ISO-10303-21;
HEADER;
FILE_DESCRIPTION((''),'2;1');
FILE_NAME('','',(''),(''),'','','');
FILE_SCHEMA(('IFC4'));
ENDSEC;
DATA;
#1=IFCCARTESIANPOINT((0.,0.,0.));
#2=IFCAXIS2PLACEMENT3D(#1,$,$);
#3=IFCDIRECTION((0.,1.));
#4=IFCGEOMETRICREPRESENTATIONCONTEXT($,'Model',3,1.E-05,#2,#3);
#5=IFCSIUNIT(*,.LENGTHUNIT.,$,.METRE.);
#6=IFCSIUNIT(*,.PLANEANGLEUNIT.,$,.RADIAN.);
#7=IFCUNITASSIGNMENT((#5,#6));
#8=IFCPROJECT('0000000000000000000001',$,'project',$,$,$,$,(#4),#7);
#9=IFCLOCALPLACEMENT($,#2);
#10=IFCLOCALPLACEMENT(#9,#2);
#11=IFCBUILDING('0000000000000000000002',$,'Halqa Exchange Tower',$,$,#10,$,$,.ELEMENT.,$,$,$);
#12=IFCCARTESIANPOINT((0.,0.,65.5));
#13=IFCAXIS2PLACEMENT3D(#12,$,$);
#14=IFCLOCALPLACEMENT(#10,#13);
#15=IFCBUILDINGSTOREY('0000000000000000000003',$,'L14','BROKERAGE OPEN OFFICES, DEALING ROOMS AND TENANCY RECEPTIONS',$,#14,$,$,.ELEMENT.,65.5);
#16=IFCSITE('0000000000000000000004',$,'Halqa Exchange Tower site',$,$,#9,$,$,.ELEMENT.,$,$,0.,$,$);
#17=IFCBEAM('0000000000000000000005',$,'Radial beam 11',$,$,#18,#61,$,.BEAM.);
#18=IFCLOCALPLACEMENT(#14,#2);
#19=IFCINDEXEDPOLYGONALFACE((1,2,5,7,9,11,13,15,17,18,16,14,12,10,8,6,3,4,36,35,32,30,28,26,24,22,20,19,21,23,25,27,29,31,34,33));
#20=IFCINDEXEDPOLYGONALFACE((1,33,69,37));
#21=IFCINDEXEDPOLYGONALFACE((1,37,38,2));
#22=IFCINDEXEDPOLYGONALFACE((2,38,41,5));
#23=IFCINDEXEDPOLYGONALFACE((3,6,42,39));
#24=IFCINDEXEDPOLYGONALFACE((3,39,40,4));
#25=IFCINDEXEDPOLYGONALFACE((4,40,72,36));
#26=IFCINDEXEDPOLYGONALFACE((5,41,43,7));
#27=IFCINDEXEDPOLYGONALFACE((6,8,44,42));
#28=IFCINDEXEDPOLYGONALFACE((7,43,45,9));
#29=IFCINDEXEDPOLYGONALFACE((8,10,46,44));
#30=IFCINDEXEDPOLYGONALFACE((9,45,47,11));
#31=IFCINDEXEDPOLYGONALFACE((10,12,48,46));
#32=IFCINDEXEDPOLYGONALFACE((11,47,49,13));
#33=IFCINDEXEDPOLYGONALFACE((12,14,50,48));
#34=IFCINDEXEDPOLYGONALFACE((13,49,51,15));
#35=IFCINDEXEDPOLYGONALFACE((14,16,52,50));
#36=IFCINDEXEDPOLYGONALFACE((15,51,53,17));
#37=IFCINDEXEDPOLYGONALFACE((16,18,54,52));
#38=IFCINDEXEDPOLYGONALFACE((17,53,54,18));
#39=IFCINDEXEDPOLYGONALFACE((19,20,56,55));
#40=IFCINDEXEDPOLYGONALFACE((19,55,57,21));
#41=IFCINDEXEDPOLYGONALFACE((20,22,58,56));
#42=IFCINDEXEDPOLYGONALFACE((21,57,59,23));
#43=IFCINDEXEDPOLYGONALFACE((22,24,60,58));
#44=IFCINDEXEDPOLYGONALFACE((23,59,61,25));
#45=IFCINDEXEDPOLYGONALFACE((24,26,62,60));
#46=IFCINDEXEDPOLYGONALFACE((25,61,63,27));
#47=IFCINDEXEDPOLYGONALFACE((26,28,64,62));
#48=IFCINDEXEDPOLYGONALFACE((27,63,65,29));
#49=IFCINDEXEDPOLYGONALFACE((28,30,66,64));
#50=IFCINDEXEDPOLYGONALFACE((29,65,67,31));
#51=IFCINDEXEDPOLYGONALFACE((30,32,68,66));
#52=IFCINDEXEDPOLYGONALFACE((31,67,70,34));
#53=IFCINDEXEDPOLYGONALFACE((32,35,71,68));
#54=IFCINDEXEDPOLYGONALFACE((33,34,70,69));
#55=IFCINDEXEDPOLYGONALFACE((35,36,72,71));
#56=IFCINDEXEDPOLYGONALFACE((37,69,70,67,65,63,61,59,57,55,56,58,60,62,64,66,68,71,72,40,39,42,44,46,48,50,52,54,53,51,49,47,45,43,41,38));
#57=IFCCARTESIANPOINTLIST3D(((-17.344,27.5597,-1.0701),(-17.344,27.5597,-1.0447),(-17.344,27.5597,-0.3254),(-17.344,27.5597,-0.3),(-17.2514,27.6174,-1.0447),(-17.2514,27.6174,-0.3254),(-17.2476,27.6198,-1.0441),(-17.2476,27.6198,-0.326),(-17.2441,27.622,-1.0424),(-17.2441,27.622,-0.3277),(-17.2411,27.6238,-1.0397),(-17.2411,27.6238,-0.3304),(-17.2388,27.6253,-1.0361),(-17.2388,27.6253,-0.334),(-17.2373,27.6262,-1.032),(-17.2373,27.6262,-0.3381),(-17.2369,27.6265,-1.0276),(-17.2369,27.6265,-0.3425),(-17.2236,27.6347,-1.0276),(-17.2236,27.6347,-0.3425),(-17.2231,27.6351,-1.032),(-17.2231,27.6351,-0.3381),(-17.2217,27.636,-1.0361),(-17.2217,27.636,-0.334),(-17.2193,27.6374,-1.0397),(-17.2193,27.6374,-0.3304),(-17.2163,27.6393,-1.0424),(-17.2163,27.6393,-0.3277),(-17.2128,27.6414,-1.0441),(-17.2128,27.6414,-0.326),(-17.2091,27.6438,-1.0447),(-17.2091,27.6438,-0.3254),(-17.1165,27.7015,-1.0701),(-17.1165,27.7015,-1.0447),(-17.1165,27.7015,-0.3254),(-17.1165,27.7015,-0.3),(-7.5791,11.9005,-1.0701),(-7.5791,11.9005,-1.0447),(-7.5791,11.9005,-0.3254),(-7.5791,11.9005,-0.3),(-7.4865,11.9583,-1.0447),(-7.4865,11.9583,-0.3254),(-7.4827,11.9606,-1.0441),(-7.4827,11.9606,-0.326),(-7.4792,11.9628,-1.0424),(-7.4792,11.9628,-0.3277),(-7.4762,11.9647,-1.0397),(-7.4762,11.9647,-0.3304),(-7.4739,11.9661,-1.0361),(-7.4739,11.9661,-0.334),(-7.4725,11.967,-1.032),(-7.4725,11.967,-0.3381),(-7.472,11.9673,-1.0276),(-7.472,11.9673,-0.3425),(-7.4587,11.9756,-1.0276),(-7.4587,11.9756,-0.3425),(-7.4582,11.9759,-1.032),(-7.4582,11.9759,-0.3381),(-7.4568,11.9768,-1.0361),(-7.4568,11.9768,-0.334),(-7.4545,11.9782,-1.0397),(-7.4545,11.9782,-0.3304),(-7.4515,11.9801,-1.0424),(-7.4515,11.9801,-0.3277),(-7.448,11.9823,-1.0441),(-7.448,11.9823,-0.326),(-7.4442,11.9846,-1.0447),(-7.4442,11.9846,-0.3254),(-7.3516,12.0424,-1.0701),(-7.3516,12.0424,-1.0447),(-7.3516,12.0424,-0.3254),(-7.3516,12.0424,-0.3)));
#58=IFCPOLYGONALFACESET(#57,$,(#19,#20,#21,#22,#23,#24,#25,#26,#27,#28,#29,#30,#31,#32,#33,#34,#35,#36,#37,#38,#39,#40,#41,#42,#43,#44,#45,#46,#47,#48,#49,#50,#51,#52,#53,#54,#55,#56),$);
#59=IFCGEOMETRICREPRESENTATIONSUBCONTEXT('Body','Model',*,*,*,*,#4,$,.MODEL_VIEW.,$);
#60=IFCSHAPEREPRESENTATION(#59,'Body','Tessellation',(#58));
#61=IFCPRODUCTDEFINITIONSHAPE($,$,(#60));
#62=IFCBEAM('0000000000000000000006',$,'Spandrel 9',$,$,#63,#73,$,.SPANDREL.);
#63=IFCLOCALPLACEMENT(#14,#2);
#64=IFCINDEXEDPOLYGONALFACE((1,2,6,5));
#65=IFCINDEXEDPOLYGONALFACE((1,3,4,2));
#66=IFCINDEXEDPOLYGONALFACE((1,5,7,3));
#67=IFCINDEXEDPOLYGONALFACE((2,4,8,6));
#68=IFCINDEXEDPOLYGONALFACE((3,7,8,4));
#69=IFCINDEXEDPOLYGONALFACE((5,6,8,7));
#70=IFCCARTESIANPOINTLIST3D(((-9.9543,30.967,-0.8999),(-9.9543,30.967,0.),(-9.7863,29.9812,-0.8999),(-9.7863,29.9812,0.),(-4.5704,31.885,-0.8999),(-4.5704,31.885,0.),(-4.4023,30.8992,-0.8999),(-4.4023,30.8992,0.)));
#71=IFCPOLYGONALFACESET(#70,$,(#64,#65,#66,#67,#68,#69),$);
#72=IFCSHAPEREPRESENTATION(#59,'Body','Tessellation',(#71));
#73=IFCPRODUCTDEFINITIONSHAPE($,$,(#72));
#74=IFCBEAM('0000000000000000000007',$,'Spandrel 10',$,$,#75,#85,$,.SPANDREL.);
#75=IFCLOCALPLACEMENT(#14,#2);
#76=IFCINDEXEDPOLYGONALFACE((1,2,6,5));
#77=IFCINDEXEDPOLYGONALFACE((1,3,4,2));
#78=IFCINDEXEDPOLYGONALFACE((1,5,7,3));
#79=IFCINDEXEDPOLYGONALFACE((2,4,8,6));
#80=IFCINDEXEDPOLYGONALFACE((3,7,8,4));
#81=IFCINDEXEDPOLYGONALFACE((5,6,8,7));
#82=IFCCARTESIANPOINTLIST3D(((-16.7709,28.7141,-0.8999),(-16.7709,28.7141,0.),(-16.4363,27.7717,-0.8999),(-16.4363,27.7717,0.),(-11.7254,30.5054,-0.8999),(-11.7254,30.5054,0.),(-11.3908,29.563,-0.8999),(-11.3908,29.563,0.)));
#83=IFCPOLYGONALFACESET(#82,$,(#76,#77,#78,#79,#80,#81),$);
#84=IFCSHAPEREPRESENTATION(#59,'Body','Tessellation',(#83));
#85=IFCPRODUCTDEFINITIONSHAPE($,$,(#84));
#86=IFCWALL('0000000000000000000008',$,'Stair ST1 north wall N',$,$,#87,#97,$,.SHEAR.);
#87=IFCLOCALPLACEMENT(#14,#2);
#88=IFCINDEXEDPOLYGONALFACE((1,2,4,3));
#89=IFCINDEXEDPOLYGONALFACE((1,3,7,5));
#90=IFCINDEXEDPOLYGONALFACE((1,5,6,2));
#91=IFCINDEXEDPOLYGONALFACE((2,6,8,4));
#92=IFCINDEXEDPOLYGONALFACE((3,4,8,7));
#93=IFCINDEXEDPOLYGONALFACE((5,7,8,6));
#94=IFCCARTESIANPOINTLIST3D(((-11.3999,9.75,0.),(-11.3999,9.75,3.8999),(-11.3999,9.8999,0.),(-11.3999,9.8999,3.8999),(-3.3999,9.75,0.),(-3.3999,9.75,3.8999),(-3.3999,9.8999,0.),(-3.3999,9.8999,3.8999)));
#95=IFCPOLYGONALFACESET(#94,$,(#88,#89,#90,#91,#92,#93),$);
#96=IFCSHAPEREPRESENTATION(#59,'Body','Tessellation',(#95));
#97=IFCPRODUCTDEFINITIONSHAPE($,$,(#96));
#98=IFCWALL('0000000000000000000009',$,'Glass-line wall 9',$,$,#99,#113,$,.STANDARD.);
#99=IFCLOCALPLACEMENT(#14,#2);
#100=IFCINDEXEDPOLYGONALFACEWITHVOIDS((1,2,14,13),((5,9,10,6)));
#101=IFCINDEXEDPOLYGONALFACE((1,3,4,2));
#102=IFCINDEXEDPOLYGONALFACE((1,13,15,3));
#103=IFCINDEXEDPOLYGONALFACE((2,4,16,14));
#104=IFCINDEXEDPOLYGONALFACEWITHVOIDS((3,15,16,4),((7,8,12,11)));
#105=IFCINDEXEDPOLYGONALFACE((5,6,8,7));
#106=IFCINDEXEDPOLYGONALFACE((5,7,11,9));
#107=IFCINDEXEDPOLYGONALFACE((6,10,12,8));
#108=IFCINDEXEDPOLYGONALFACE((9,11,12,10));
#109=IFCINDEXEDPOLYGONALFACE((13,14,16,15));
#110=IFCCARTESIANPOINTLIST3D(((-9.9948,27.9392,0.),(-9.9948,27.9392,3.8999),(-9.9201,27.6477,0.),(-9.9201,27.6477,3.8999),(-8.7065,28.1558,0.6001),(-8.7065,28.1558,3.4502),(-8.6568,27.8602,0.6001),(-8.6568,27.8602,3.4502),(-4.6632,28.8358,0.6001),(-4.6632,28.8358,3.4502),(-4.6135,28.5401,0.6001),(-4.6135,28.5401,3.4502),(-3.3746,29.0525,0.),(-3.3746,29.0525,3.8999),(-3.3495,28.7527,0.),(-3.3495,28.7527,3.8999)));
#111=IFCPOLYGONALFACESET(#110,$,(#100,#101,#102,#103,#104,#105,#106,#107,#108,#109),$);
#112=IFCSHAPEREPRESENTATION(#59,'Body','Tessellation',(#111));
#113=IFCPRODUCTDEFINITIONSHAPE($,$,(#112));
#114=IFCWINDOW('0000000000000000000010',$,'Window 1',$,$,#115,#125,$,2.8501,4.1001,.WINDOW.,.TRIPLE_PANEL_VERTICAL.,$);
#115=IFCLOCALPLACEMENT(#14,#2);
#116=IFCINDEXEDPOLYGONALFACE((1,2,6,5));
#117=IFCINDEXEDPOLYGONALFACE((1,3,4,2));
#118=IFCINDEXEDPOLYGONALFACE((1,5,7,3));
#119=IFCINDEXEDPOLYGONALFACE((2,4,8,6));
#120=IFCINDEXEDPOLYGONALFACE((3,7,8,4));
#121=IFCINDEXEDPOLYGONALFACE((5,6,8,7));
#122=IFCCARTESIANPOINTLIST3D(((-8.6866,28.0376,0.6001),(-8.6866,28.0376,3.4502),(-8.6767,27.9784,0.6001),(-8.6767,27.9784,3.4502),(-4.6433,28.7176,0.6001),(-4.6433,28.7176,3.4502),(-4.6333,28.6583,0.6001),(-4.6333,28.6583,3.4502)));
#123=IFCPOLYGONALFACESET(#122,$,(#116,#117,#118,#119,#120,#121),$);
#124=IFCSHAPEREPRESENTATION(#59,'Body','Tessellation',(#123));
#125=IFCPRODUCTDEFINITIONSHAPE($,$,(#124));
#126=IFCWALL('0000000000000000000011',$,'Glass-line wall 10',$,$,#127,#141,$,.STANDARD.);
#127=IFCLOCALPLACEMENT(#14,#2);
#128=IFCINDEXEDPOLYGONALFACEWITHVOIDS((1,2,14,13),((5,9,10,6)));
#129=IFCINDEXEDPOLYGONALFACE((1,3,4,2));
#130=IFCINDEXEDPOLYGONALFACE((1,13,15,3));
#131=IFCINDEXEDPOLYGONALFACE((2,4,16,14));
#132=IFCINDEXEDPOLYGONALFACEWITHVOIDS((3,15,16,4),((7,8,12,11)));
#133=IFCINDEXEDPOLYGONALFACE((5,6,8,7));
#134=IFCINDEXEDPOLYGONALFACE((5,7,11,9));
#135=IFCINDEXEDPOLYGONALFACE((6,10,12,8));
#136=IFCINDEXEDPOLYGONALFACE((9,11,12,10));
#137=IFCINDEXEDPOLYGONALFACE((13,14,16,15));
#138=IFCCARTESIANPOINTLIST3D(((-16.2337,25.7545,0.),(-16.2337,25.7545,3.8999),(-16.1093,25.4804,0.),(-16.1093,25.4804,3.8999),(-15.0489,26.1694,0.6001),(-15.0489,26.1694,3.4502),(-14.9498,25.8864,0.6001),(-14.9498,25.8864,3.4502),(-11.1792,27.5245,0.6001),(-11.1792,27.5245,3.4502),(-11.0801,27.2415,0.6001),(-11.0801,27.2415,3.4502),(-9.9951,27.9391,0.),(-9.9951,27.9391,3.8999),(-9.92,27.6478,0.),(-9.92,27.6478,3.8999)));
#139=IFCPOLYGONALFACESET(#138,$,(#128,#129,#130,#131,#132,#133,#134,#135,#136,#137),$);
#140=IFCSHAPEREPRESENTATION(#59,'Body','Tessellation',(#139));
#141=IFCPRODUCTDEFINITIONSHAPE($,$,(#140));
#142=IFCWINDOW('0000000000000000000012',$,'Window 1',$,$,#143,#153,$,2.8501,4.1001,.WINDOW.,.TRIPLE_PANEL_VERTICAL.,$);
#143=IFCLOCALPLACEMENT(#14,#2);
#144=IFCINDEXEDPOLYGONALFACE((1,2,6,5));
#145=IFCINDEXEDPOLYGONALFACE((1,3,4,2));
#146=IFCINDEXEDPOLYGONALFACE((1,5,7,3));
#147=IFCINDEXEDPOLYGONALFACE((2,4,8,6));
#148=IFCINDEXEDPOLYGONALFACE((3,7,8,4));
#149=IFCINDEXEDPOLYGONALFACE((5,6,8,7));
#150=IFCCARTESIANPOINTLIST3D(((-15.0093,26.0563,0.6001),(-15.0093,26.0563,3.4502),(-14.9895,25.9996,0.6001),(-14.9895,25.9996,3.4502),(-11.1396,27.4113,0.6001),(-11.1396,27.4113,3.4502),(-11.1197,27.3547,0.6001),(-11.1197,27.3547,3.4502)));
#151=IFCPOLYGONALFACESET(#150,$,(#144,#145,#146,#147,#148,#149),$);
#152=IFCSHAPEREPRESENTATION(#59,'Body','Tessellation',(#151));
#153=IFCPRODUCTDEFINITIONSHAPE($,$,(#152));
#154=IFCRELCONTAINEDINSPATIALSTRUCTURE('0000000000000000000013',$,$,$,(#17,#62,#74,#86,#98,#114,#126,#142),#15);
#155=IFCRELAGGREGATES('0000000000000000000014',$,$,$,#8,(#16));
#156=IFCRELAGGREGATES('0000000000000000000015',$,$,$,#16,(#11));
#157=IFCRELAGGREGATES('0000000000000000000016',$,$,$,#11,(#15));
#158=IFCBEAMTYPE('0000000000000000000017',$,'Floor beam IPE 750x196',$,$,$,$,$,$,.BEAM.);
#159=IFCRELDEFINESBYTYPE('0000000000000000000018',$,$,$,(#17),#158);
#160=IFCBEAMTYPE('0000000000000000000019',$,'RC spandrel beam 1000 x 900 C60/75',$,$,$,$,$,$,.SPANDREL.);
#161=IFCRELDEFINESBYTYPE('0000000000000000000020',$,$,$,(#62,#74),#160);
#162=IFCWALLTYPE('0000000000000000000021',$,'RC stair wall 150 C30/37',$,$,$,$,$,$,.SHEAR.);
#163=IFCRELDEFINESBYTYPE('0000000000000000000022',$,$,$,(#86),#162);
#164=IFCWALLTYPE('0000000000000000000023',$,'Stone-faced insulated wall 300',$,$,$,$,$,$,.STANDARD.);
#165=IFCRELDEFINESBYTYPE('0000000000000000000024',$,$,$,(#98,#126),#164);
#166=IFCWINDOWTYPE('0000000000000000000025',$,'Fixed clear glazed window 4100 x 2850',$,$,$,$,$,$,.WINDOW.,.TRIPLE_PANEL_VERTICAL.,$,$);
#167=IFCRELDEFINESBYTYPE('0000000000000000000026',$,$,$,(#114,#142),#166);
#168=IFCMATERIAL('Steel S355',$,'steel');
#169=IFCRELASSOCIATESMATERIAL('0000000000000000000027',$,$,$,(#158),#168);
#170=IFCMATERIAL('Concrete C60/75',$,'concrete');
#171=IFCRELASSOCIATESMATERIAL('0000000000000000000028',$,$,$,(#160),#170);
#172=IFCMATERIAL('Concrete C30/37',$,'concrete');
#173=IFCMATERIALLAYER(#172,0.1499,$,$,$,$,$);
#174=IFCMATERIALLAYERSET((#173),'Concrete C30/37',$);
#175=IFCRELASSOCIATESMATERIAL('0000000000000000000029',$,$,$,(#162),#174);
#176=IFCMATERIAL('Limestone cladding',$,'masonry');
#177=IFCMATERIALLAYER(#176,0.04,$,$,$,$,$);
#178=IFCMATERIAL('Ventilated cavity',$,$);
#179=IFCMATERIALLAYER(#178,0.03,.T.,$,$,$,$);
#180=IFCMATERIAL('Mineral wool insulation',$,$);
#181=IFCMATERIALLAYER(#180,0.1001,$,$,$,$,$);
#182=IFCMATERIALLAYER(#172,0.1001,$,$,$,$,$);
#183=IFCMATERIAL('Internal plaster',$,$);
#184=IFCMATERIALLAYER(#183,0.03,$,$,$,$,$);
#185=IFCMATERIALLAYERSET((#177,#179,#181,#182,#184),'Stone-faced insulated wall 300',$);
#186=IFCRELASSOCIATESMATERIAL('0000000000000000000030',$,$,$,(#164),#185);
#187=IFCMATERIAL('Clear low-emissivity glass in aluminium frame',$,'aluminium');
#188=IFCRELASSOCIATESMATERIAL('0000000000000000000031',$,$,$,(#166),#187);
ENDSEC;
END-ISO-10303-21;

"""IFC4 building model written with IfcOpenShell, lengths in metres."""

from ifc_helpers import new_model, si_unit, direction, frame, frame_2d, origin, origin_2d, place, context, subcontext, project, spatial, polyline, rectangle, i_section, outline, extrude, material, layer, layer_set, material_profile, profile_set, type_object, element, fill, save


model = new_model("IFC4")

# Units and contexts
model_context = context("Model", 3, precision=1e-05, world=origin(), true_north=direction((0.0, 1.0)))
body_context = subcontext(model_context, "Body", "Model", "MODEL_VIEW")
ifc_project = project(units=[si_unit("LENGTHUNIT", "METRE"), si_unit("PLANEANGLEUNIT", "RADIAN")], contexts=[model_context])

# Site, building, storey
site_placement = place(None, origin())
site = spatial("IfcSite", under=ifc_project, at=site_placement, Name="Halqa Exchange Tower site", CompositionType="ELEMENT", RefElevation=0.0)
building_placement = place(site_placement, origin())
building = spatial("IfcBuilding", under=site, at=building_placement, Name="Halqa Exchange Tower", CompositionType="ELEMENT")
storey_placement = place(building_placement, frame((0.0, 0.0, 65.5)))
storey = spatial("IfcBuildingStorey", under=building, at=storey_placement, Name="L14", Description="BROKERAGE OPEN OFFICES, DEALING ROOMS AND TENANCY RECEPTIONS", CompositionType="ELEMENT", Elevation=65.5)

# Beams
ifc_material_1 = material(Name="Steel S355", Category="steel")
ifc_material_profile_1 = material_profile(ifc_material_1, i_section(OverallWidth=0.2681, OverallDepth=0.77, WebThickness=0.0156, FlangeThickness=0.0254, FilletRadius=0.0171, at=origin_2d()), Name="IPE 750x196")
ifc_profile_set_1 = profile_set([ifc_material_profile_1], Name="Steel S355")
beam_type_1 = type_object("IfcBeamType", Name="Floor beam IPE 750x196", PredefinedType="BEAM", material=ifc_profile_set_1)
beam_1_placement = place(storey_placement, frame((-7.4653, 11.9714, -0.6851), z_axis=(-0.529138, 0.848536, 0.0), x_axis=(-0.848536, -0.529138, 0.0)))
element("IfcBeam", 1, at=beam_1_placement, inside=storey, type_object=beam_type_1, Name="Radial beam 11", PredefinedType="BEAM", context=body_context, shape_type="SweptSolid", body=[
    extrude(i_section(OverallWidth=0.2681, OverallDepth=0.77, WebThickness=0.0156, FlangeThickness=0.0254, FilletRadius=0.0171, at=origin_2d()), origin(), (0.0, 0.0, 1.0), 18.4543),
])
ifc_material_2 = material(Name="Concrete C60/75", Category="concrete")
ifc_material_profile_2 = material_profile(ifc_material_2, rectangle(XDim=1.0, YDim=0.8999, at=origin_2d()), Name="1000 x 900")
ifc_profile_set_2 = profile_set([ifc_material_profile_2], Name="Concrete C60/75")
beam_type_2 = type_object("IfcBeamType", Name="RC spandrel beam 1000 x 900 C60/75", PredefinedType="SPANDREL", material=ifc_profile_set_2)
beam_2_placement = place(storey_placement, frame((-4.4863, 31.3921, -0.45), z_axis=(-0.985775, -0.168073, 0.0), x_axis=(0.168073, -0.985775, 0.0)))
element("IfcBeam", 2, at=beam_2_placement, inside=storey, type_object=beam_type_2, Name="Spandrel 9", PredefinedType="SPANDREL", context=body_context, shape_type="SweptSolid", body=[
    extrude(rectangle(XDim=1.0, YDim=0.8999, at=origin_2d()), origin(), (0.0, 0.0, 1.0), 5.4617),
])
beam_3_placement = place(storey_placement, frame((-11.5581, 30.0342, -0.45), z_axis=(-0.942372, -0.334568, 0.0), x_axis=(0.334568, -0.942372, 0.0)))
element("IfcBeam", 3, at=beam_3_placement, inside=storey, type_object=beam_type_2, Name="Spandrel 10", PredefinedType="SPANDREL", context=body_context, shape_type="SweptSolid", body=[
    extrude(rectangle(XDim=1.0, YDim=0.8999, at=origin_2d()), origin(), (0.0, 0.0, 1.0), 5.354),
])

# Wall
ifc_material_3 = material(Name="Concrete C30/37", Category="concrete")
ifc_layer_1 = layer(ifc_material_3, 0.1499)
ifc_layer_set_1 = layer_set([ifc_layer_1], Name="Concrete C30/37")
wall_type_1 = type_object("IfcWallType", Name="RC stair wall 150 C30/37", PredefinedType="SHEAR", material=ifc_layer_set_1)
wall_1_placement = place(storey_placement, frame((-11.3999, 9.825, 0.0), z_axis=(0.0, 0.0, 1.0), x_axis=(1.0, 0.0, 0.0)))
element("IfcWall", 4, at=wall_1_placement, inside=storey, type_object=wall_type_1, Name="Stair ST1 north wall N", PredefinedType="SHEAR", context=body_context, shape_type="SweptSolid", body=[
    extrude(rectangle(XDim=8.0, YDim=0.1499, at=frame_2d((4.0, 0.0))), origin(), (0.0, 0.0, 1.0), 3.8999),
])

# Walls, openings, windows
ifc_material_4 = material(Name="Limestone cladding", Category="masonry")
ifc_layer_2 = layer(ifc_material_4, 0.04)
ifc_material_5 = material(Name="Ventilated cavity")
ifc_layer_3 = layer(ifc_material_5, 0.03, ventilated=True)
ifc_material_6 = material(Name="Mineral wool insulation")
ifc_layer_4 = layer(ifc_material_6, 0.1001)
ifc_layer_5 = layer(ifc_material_3, 0.1001)
ifc_material_7 = material(Name="Internal plaster")
ifc_layer_6 = layer(ifc_material_7, 0.03)
ifc_layer_set_2 = layer_set([ifc_layer_2, ifc_layer_3, ifc_layer_4, ifc_layer_5, ifc_layer_6], Name="Stone-faced insulated wall 300")
wall_type_2 = type_object("IfcWallType", Name="Stone-faced insulated wall 300", PredefinedType="STANDARD", material=ifc_layer_set_2)
wall_2_placement = place(storey_placement, frame((-3.3621, 28.9026, 0.0), z_axis=(0.0, 0.0, 1.0), x_axis=(-0.986153, -0.165837, 0.0)))
wall_2 = element("IfcWall", 5, at=wall_2_placement, inside=storey, type_object=wall_type_2, Name="Glass-line wall 9", PredefinedType="STANDARD", context=body_context, shape_type="SweptSolid", body=[
    extrude(outline(polyline([(-0.0125, -0.1499), (6.7007, -0.1499), (6.6753, 0.1499), (0.0125, 0.1499), (-0.0125, -0.1499)])), origin(), (0.0, 0.0, 1.0), 3.8999),
])
opening_1_placement = place(wall_2_placement, frame((1.2942, 0.0, 0.6001)))
opening_1 = element("IfcOpeningElement", 6, at=opening_1_placement, cuts=wall_2, PredefinedType="OPENING", context=body_context, shape_type="SweptSolid", body=[
    extrude(rectangle(XDim=4.1001, YDim=2.8501, at=frame_2d((2.05, 1.425))), frame((0.0, 0.1621, 0.0), z_axis=(0.0, -1.0, 0.0), x_axis=(1.0, 0.0, 0.0)), (0.0, 0.0, 1.0), 0.324),
])
ifc_material_8 = material(Name="Clear low-emissivity glass in aluminium frame", Category="aluminium")
window_type = type_object("IfcWindowType", Name="Fixed clear glazed window 4100 x 2850", PartitioningType="TRIPLE_PANEL_VERTICAL", PredefinedType="WINDOW", material=ifc_material_8)
window_1_placement = place(opening_1_placement, origin())
window_1 = element("IfcWindow", 7, at=window_1_placement, inside=storey, type_object=window_type, Name="Window 1", OverallHeight=2.8501, OverallWidth=4.1001, PartitioningType="TRIPLE_PANEL_VERTICAL", PredefinedType="WINDOW", context=body_context, shape_type="SweptSolid", body=[
    extrude(rectangle(XDim=4.1001, YDim=2.8501, at=frame_2d((2.05, 1.425))), frame((0.0, 0.03, 0.0), z_axis=(0.0, -1.0, 0.0), x_axis=(1.0, 0.0, 0.0)), (0.0, 0.0, 1.0), 0.0601),
])
fill(opening_1, window_1)
wall_3_placement = place(storey_placement, frame((-9.9575, 27.7935, 0.0), z_axis=(0.0, 0.0, 1.0), x_axis=(-0.943807, -0.330497, 0.0)))
wall_3 = element("IfcWall", 8, at=wall_3_placement, inside=storey, type_object=wall_type_2, Name="Glass-line wall 10", PredefinedType="STANDARD", context=body_context, shape_type="SweptSolid", body=[
    extrude(outline(polyline([(-0.0127, -0.1499), (6.5974, -0.1499), (6.5706, 0.1499), (0.0127, 0.1499), (-0.0127, -0.1499)])), origin(), (0.0, 0.0, 1.0), 3.8999),
])
opening_2_placement = place(wall_3_placement, frame((1.2419, 0.0, 0.6001)))
opening_2 = element("IfcOpeningElement", 9, at=opening_2_placement, cuts=wall_3, PredefinedType="OPENING", context=body_context, shape_type="SweptSolid", body=[
    extrude(rectangle(XDim=4.1001, YDim=2.8501, at=frame_2d((2.05, 1.425))), frame((0.0, 0.1621, 0.0), z_axis=(0.0, -1.0, 0.0), x_axis=(1.0, 0.0, 0.0)), (0.0, 0.0, 1.0), 0.324),
])
window_2_placement = place(opening_2_placement, origin())
window_2 = element("IfcWindow", 10, at=window_2_placement, inside=storey, type_object=window_type, Name="Window 1", OverallHeight=2.8501, OverallWidth=4.1001, PartitioningType="TRIPLE_PANEL_VERTICAL", PredefinedType="WINDOW", context=body_context, shape_type="SweptSolid", body=[
    extrude(rectangle(XDim=4.1001, YDim=2.8501, at=frame_2d((2.05, 1.425))), frame((0.0, 0.03, 0.0), z_axis=(0.0, -1.0, 0.0), x_axis=(1.0, 0.0, 0.0)), (0.0, 0.0, 1.0), 0.0601),
])
fill(opening_2, window_2)

save(model, "model.ifc")
